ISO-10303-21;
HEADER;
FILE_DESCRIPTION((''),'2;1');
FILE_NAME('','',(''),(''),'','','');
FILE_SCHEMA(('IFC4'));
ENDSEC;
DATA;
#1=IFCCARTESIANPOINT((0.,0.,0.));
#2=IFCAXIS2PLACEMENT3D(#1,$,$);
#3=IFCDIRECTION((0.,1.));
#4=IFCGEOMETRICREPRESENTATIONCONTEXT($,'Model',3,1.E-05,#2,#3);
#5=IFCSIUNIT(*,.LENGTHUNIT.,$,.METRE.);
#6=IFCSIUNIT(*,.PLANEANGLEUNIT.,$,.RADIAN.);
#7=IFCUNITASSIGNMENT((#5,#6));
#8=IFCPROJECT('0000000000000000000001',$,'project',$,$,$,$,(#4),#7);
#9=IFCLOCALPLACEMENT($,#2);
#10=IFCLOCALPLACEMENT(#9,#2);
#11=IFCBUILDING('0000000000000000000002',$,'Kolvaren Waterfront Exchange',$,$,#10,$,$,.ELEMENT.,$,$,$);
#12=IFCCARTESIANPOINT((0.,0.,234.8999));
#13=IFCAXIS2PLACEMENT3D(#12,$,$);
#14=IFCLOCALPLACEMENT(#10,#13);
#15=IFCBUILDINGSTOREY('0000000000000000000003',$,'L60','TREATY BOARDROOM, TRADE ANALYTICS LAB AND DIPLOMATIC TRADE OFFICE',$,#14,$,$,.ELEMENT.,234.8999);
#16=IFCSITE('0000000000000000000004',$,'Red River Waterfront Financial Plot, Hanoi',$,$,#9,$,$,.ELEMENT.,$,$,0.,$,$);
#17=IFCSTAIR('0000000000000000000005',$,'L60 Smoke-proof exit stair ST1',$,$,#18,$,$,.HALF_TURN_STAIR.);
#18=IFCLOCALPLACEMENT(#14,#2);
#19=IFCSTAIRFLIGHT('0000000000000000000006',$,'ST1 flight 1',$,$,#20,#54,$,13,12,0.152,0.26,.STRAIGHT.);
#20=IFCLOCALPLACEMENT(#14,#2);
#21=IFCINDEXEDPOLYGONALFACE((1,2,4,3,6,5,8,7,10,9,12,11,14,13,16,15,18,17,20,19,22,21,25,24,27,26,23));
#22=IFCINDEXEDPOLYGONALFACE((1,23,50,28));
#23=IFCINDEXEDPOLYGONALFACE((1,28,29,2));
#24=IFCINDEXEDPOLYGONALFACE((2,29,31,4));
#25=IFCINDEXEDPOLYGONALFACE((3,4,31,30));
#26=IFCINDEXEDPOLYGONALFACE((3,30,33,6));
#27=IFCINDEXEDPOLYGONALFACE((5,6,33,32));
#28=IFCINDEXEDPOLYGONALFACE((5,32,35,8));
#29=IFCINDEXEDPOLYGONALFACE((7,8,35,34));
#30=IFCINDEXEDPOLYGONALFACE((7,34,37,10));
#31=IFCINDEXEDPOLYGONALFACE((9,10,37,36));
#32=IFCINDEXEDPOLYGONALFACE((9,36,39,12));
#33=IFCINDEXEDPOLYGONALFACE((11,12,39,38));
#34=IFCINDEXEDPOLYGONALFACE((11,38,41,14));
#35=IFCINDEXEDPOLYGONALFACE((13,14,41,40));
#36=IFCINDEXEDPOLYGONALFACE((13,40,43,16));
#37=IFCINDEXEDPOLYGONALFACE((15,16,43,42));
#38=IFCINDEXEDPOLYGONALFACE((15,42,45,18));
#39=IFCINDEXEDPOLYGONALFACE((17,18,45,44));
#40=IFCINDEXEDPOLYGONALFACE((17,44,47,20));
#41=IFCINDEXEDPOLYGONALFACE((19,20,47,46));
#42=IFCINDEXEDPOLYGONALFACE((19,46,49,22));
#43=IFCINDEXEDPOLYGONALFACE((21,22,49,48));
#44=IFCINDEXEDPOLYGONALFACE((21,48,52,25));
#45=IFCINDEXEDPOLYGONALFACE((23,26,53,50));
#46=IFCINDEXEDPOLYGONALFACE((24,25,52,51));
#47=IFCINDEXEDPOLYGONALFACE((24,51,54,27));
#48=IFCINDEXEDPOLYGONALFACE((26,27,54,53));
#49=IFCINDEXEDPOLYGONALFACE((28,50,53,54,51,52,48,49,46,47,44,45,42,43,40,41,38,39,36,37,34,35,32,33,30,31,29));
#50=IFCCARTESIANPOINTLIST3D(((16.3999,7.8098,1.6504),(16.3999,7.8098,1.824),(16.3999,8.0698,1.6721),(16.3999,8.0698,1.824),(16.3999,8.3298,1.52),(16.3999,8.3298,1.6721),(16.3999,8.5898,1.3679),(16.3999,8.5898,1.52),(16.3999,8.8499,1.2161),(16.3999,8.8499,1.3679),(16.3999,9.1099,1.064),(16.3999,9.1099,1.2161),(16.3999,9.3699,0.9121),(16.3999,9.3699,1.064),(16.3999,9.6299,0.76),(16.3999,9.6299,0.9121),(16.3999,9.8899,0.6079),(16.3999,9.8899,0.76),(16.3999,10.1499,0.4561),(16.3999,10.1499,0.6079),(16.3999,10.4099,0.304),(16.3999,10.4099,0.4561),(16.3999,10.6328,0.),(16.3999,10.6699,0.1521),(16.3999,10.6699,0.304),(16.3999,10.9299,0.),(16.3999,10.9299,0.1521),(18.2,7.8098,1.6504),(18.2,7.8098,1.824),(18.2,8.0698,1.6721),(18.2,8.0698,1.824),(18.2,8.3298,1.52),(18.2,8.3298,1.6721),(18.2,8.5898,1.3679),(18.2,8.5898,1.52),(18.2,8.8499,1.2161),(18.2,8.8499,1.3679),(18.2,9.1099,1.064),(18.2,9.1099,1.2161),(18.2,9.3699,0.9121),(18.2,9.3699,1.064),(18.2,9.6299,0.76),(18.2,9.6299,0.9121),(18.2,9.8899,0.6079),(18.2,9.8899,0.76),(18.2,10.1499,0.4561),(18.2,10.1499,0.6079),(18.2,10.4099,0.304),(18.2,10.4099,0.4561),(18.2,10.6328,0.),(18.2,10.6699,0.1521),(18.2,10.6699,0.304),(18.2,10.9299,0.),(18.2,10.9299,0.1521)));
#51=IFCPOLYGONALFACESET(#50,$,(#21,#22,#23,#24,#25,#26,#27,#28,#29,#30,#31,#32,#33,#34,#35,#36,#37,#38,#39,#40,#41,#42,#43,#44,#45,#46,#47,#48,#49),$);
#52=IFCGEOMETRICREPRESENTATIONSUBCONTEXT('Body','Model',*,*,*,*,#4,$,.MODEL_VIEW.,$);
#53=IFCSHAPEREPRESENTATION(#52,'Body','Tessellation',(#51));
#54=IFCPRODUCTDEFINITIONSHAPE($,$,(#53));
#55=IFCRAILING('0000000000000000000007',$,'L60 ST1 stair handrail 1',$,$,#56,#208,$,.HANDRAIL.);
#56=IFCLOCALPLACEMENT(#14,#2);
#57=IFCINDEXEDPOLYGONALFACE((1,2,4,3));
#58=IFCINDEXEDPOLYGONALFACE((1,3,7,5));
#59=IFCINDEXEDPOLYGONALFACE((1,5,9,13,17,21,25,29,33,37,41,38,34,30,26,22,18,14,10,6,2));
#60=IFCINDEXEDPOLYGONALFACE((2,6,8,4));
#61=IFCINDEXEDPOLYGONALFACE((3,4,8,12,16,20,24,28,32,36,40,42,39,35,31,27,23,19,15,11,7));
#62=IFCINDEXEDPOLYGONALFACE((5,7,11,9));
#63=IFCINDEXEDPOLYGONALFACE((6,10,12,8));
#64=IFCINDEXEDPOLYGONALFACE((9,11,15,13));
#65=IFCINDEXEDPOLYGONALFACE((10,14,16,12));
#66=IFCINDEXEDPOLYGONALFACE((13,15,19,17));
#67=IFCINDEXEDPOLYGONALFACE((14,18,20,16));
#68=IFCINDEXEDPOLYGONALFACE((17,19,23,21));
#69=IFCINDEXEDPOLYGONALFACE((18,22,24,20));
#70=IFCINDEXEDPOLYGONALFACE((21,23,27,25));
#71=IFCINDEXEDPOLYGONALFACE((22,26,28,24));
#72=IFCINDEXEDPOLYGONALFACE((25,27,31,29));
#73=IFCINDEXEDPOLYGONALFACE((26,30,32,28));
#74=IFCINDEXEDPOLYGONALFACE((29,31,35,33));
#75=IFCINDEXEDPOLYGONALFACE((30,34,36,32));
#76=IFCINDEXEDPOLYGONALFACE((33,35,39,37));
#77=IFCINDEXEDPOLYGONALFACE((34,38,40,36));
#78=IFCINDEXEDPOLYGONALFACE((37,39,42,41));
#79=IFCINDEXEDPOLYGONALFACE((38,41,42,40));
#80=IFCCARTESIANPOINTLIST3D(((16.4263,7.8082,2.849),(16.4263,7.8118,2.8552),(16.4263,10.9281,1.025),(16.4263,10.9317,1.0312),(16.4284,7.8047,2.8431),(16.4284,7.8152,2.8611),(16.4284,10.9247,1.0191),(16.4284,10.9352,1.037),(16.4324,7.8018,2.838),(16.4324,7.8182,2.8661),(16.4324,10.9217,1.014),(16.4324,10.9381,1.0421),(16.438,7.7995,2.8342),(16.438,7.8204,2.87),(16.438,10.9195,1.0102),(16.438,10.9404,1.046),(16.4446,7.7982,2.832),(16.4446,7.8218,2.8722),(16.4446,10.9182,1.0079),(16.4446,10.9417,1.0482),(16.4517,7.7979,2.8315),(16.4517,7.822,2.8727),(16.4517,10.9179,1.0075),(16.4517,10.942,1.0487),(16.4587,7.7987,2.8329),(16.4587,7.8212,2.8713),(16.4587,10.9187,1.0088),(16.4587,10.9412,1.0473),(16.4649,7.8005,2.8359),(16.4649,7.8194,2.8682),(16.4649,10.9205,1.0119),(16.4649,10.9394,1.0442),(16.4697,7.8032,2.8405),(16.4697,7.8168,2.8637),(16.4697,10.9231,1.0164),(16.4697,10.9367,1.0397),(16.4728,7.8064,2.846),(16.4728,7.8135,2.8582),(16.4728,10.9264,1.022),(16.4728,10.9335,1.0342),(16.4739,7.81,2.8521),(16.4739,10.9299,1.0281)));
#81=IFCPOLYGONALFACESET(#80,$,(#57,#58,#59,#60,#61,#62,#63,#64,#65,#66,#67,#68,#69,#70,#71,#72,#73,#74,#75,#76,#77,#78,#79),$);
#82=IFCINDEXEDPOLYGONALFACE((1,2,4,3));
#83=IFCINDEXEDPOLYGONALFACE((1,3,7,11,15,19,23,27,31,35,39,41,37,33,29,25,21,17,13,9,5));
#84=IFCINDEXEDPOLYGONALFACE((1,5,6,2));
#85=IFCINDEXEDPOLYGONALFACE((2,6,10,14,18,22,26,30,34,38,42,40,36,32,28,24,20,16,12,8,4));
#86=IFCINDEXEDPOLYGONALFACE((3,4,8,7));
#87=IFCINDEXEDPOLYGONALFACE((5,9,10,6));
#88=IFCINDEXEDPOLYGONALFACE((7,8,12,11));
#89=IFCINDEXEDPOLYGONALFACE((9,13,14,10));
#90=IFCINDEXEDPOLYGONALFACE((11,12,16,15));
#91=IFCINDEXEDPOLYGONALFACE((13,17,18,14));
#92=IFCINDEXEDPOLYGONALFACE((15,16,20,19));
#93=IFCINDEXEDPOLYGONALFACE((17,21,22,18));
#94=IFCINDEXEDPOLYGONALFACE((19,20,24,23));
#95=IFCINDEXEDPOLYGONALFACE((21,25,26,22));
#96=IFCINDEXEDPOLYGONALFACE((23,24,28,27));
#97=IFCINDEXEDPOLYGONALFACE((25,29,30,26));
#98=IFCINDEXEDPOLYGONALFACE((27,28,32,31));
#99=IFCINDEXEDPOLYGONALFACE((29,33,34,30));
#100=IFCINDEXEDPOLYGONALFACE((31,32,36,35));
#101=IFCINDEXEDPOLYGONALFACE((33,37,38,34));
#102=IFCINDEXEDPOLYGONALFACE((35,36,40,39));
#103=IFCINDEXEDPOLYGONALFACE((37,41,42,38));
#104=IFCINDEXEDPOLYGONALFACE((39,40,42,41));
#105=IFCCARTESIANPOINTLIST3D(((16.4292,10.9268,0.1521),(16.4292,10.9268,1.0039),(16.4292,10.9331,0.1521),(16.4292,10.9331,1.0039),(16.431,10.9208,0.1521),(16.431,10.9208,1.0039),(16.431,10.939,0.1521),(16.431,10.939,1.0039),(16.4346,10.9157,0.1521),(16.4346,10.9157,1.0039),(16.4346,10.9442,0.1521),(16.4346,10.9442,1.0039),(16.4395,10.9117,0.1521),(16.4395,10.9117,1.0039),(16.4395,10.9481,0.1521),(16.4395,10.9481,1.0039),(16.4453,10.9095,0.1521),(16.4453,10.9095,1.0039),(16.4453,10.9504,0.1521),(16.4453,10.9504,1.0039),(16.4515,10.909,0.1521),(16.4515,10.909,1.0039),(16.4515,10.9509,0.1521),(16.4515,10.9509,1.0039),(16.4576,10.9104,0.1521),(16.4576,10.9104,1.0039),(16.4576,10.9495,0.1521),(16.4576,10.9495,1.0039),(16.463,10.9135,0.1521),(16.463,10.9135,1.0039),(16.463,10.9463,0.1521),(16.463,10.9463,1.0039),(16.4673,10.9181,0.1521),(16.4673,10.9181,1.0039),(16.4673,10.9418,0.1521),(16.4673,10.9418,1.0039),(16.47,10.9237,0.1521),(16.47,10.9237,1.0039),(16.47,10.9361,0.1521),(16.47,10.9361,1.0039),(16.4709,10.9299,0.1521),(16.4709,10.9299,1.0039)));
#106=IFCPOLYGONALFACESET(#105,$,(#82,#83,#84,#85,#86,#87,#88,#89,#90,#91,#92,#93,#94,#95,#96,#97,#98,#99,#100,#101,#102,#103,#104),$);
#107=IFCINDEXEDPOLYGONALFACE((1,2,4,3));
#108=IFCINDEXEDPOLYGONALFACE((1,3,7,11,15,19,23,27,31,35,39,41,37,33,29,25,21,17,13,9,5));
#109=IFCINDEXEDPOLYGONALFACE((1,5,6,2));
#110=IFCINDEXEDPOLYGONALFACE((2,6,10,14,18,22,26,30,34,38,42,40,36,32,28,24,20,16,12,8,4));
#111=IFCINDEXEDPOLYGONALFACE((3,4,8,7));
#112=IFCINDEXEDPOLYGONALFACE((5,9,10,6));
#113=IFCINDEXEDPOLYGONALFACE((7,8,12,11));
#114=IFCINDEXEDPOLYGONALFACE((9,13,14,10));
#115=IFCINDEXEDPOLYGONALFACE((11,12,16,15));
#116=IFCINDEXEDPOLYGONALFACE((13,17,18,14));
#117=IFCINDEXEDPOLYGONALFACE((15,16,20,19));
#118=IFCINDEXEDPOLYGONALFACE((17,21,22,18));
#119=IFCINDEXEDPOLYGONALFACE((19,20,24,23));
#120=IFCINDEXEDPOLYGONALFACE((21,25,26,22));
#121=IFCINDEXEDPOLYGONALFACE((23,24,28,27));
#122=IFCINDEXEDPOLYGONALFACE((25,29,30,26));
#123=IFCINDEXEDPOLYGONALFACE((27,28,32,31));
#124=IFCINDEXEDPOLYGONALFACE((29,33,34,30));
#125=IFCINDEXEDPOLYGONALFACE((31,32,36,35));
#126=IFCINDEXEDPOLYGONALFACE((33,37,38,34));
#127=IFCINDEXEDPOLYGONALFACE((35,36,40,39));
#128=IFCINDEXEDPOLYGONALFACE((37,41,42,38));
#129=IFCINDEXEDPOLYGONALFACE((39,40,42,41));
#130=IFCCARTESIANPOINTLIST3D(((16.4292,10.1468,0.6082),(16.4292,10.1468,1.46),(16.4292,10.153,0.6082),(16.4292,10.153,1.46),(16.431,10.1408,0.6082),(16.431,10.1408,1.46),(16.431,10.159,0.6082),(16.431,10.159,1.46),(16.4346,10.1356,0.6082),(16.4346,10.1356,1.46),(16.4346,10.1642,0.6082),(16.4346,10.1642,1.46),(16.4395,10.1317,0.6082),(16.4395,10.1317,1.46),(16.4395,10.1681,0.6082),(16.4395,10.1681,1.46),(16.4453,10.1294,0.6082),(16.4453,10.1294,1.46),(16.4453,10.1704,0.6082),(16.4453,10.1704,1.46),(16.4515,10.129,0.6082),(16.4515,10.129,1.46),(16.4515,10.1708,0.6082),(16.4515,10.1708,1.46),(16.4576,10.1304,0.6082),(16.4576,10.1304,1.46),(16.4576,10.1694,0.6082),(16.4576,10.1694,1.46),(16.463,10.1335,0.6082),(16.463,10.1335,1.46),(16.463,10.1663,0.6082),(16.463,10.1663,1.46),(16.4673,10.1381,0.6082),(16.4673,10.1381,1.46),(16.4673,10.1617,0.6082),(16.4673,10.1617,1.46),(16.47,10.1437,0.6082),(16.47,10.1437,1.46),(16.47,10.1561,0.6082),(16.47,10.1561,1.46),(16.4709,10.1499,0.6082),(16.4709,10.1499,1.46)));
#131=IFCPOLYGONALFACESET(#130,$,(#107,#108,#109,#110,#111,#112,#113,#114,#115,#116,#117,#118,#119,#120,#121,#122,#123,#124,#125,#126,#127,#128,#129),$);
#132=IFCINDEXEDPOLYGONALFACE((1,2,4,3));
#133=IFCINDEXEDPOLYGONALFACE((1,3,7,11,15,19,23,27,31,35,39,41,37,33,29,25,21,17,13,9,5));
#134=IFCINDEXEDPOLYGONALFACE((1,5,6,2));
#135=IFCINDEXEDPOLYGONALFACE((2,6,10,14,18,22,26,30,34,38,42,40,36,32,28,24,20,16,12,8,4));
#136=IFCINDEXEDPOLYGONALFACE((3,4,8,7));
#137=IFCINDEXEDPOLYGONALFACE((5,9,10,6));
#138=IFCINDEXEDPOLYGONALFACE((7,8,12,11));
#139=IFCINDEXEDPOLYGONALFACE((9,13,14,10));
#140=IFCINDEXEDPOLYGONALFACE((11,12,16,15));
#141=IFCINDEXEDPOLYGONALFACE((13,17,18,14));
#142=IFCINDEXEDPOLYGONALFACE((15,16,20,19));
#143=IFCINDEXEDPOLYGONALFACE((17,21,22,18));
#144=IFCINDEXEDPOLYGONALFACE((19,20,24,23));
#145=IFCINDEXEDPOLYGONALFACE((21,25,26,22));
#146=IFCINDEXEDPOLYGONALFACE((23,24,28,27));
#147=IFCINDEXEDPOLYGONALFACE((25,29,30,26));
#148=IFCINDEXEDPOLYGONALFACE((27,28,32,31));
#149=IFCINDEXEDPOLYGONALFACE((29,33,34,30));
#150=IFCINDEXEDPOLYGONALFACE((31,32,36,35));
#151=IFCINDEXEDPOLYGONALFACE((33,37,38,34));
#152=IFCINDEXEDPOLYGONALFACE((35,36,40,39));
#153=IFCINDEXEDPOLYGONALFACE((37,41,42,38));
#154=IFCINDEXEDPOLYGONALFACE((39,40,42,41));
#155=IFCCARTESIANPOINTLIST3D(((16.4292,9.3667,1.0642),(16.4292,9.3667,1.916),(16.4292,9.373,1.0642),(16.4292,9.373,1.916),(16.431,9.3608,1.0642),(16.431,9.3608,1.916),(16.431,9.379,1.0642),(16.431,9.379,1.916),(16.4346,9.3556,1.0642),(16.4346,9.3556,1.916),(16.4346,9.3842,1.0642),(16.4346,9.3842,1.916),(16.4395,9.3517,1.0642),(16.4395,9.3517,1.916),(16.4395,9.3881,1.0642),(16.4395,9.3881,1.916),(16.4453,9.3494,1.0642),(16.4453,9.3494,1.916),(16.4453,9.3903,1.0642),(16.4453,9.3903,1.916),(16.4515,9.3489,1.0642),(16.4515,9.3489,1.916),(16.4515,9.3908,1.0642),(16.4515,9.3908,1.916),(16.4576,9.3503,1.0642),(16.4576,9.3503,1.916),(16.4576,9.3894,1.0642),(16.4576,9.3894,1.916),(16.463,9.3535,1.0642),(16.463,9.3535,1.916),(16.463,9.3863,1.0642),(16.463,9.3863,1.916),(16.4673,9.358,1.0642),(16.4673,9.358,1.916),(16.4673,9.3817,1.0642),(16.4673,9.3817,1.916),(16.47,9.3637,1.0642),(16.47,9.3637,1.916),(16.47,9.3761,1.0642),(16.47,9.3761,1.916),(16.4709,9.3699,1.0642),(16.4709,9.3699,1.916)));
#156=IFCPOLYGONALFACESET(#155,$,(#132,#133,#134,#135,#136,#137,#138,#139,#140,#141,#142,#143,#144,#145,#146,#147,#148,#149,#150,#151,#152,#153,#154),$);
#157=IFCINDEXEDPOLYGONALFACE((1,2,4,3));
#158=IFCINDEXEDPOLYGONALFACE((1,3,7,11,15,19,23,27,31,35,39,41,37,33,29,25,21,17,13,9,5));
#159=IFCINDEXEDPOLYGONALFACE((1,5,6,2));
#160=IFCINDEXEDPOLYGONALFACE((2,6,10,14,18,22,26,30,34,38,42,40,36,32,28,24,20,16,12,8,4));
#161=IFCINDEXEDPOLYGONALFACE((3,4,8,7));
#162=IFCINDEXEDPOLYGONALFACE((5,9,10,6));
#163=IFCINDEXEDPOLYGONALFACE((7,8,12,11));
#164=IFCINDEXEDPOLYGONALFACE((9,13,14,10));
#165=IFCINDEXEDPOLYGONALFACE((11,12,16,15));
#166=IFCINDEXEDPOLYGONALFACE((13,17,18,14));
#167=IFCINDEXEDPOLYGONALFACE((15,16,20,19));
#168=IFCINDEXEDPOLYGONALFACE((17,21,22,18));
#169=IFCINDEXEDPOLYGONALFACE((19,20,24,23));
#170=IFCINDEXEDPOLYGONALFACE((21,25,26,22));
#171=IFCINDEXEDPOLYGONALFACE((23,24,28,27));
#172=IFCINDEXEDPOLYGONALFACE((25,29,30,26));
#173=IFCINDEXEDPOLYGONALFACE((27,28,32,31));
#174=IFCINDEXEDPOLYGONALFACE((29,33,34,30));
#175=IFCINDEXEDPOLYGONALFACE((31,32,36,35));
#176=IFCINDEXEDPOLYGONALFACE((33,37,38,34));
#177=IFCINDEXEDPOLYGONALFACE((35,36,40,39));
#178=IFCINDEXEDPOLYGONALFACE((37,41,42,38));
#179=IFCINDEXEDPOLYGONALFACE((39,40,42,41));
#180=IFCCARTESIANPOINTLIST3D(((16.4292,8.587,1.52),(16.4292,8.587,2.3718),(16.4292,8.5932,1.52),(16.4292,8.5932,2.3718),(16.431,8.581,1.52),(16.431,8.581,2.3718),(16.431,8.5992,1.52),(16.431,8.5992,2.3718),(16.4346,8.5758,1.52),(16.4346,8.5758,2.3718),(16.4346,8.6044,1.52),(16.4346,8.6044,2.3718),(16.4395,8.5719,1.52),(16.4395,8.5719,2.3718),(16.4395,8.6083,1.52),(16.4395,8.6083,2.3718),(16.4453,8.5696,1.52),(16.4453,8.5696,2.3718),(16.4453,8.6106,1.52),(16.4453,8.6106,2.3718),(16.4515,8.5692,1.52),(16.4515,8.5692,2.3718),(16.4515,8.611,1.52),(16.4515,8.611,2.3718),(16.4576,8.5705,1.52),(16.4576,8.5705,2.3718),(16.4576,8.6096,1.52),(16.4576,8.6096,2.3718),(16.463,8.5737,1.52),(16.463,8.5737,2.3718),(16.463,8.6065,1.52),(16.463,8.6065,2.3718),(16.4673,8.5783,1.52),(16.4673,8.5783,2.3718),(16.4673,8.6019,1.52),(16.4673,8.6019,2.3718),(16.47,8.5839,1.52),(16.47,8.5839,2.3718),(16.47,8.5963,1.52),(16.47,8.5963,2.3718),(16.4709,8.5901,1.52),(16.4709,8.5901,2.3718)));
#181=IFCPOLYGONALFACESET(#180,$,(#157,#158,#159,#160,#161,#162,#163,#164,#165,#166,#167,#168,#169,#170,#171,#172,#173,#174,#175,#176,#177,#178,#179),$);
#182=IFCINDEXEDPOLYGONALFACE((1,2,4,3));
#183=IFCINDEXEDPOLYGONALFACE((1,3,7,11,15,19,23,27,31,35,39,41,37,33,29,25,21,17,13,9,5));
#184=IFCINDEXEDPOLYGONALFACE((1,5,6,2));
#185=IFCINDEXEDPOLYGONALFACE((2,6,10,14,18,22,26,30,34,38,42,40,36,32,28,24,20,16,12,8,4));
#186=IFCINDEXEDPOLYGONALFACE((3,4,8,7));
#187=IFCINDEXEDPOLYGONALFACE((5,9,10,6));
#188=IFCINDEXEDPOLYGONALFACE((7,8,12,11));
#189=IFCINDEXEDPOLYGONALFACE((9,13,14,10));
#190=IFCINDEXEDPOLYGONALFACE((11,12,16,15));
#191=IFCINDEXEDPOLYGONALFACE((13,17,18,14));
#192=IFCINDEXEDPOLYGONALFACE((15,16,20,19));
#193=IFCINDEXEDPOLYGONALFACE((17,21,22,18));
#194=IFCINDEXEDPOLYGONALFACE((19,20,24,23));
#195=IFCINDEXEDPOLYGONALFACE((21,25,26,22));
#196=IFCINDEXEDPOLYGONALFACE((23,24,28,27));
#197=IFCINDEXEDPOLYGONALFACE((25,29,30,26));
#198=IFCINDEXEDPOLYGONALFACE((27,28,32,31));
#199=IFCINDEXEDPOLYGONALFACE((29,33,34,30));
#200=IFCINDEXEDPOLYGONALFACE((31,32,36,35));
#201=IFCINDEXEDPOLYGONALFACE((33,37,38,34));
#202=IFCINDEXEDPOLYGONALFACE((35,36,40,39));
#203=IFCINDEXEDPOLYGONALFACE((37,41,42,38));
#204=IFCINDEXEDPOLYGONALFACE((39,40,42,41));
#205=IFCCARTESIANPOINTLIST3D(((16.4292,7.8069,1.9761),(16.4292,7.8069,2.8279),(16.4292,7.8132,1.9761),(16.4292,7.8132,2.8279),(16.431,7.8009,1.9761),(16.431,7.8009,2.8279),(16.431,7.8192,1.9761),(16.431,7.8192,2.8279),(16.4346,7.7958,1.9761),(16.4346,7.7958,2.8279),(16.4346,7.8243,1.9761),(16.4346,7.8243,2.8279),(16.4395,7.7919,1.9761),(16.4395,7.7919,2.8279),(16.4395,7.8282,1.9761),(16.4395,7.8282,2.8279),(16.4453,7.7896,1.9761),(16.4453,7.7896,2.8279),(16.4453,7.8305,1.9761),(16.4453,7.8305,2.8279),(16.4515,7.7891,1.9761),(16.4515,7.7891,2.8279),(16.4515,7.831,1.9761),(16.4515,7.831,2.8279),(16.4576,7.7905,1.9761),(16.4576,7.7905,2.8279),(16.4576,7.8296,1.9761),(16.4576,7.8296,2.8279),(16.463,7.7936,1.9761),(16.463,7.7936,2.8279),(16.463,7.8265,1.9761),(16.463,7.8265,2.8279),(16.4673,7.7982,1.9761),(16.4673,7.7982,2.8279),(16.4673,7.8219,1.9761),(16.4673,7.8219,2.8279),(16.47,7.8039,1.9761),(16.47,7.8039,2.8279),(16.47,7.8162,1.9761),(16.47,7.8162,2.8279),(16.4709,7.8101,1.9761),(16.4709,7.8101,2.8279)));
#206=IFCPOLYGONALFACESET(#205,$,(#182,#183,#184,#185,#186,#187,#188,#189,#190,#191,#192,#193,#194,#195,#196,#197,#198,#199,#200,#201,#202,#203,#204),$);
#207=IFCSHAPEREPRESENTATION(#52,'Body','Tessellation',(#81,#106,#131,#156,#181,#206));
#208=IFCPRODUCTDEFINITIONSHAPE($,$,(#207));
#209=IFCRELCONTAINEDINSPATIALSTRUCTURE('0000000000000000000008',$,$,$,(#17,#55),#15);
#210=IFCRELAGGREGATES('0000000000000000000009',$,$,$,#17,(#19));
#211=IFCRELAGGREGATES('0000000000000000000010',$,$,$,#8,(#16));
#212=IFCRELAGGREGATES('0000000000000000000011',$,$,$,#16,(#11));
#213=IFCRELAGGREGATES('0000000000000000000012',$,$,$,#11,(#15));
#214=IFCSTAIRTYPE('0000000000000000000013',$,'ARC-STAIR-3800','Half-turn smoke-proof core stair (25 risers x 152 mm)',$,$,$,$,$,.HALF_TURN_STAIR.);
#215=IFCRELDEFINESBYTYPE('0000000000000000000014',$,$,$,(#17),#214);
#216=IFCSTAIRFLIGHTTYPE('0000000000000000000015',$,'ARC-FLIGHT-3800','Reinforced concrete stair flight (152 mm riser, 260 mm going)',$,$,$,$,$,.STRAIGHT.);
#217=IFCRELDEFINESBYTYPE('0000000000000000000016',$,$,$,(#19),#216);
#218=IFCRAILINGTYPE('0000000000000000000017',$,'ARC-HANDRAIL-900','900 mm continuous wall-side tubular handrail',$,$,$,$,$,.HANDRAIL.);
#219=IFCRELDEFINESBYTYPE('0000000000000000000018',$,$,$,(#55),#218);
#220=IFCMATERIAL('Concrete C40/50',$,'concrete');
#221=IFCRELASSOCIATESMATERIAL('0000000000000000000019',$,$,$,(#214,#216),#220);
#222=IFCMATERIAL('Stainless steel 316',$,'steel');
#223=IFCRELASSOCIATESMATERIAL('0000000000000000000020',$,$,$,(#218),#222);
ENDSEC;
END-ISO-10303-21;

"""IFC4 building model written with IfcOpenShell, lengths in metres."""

from ifc_helpers import new_model, si_unit, direction, frame, origin, origin_2d, place, context, subcontext, project, spatial, polyline, circle, outline, extrude, material, type_object, element, aggregate, save


model = new_model("IFC4")

# Units and contexts
model_context = context("Model", 3, precision=1e-05, world=origin(), true_north=direction((0.0, 1.0)))
body_context = subcontext(model_context, "Body", "Model", "MODEL_VIEW")
ifc_project = project(units=[si_unit("LENGTHUNIT", "METRE"), si_unit("PLANEANGLEUNIT", "RADIAN")], contexts=[model_context])

# Site, building, storey
site_placement = place(None, origin())
site = spatial("IfcSite", under=ifc_project, at=site_placement, Name="Red River Waterfront Financial Plot, Hanoi", CompositionType="ELEMENT", RefElevation=0.0)
building_placement = place(site_placement, origin())
building = spatial("IfcBuilding", under=site, at=building_placement, Name="Kolvaren Waterfront Exchange", CompositionType="ELEMENT")
storey_placement = place(building_placement, frame((0.0, 0.0, 234.8999)))
storey = spatial("IfcBuildingStorey", under=building, at=storey_placement, Name="L60", Description="TREATY BOARDROOM, TRADE ANALYTICS LAB AND DIPLOMATIC TRADE OFFICE", CompositionType="ELEMENT", Elevation=234.8999)

# Stair, stair flight
ifc_material_1 = material(Name="Concrete C40/50", Category="concrete")
stair_type = type_object("IfcStairType", Name="ARC-STAIR-3800", Description="Half-turn smoke-proof core stair (25 risers x 152 mm)", PredefinedType="HALF_TURN_STAIR", material=ifc_material_1)
stair_placement = place(storey_placement, origin())
stair = element("IfcStair", 1, at=stair_placement, inside=storey, type_object=stair_type, Name="L60 Smoke-proof exit stair ST1", PredefinedType="HALF_TURN_STAIR")
stair_flight_type = type_object("IfcStairFlightType", Name="ARC-FLIGHT-3800", Description="Reinforced concrete stair flight (152 mm riser, 260 mm going)", PredefinedType="STRAIGHT", material=ifc_material_1)
stair_flight_placement = place(storey_placement, frame((17.3, 10.9299, 0.0), z_axis=(0.0, 0.0, 1.0), x_axis=(0.0, -1.0, 0.0)))
stair_flight = element("IfcStairFlight", 2, at=stair_flight_placement, type_object=stair_flight_type, Name="ST1 flight 1", NumberOfRisers=13, NumberOfTreads=12, PredefinedType="STRAIGHT", RiserHeight=0.152, TreadLength=0.26, context=body_context, shape_type="SweptSolid", body=[
    extrude(outline(polyline([(0.0, 0.0), (0.0, 0.1521), (0.26, 0.1521), (0.26, 0.304), (0.52, 0.304), (0.52, 0.4561), (0.78, 0.4561), (0.78, 0.6079), (1.04, 0.6079), (1.04, 0.76), (1.3, 0.76), (1.3, 0.9121), (1.5601, 0.9121), (1.5601, 1.064), (1.8201, 1.064), (1.8201, 1.2161), (2.0801, 1.2161), (2.0801, 1.3679), (2.3401, 1.3679), (2.3401, 1.52), (2.6001, 1.52), (2.6001, 1.6721), (2.8601, 1.6721), (2.8601, 1.824), (3.1201, 1.824), (3.1201, 1.9761), (3.1201, 1.6504), (0.2971, 0.0), (0.0, 0.0)])), frame((0.0, 0.8999, 0.0), z_axis=(0.0, -1.0, 0.0), x_axis=(1.0, 0.0, 0.0)), (0.0, 0.0, 1.0), 1.8),
])
aggregate(stair, [stair_flight])

# Railing
ifc_material_2 = material(Name="Stainless steel 316", Category="steel")
railing_type = type_object("IfcRailingType", Name="ARC-HANDRAIL-900", Description="900 mm continuous wall-side tubular handrail", PredefinedType="HANDRAIL", material=ifc_material_2)
railing_placement = place(storey_placement, frame((16.45, 10.9299, 0.1521)))
element("IfcRailing", 3, at=railing_placement, inside=storey, type_object=railing_type, Name="L60 ST1 stair handrail 1", PredefinedType="HANDRAIL", context=body_context, shape_type="SweptSolid", body=[
    extrude(circle(Radius=0.0239, at=origin_2d()), frame((0.0, 0.0, 0.876), z_axis=(0.0, -0.863291, 0.504707), x_axis=(1.0, 0.0, 0.0)), (0.0, 0.0, 1.0), 3.614),
    extrude(circle(Radius=0.021, at=origin_2d()), origin(), (0.0, 0.0, 1.0), 0.8518),
    extrude(circle(Radius=0.021, at=origin_2d()), frame((0.0, -0.78, 0.4561)), (0.0, 0.0, 1.0), 0.8518),
    extrude(circle(Radius=0.021, at=origin_2d()), frame((0.0, -1.5601, 0.9121)), (0.0, 0.0, 1.0), 0.8518),
    extrude(circle(Radius=0.021, at=origin_2d()), frame((0.0, -2.3398, 1.3679)), (0.0, 0.0, 1.0), 0.8518),
    extrude(circle(Radius=0.021, at=origin_2d()), frame((0.0, -3.1199, 1.824)), (0.0, 0.0, 1.0), 0.8518),
])

save(model, "model.ifc")
